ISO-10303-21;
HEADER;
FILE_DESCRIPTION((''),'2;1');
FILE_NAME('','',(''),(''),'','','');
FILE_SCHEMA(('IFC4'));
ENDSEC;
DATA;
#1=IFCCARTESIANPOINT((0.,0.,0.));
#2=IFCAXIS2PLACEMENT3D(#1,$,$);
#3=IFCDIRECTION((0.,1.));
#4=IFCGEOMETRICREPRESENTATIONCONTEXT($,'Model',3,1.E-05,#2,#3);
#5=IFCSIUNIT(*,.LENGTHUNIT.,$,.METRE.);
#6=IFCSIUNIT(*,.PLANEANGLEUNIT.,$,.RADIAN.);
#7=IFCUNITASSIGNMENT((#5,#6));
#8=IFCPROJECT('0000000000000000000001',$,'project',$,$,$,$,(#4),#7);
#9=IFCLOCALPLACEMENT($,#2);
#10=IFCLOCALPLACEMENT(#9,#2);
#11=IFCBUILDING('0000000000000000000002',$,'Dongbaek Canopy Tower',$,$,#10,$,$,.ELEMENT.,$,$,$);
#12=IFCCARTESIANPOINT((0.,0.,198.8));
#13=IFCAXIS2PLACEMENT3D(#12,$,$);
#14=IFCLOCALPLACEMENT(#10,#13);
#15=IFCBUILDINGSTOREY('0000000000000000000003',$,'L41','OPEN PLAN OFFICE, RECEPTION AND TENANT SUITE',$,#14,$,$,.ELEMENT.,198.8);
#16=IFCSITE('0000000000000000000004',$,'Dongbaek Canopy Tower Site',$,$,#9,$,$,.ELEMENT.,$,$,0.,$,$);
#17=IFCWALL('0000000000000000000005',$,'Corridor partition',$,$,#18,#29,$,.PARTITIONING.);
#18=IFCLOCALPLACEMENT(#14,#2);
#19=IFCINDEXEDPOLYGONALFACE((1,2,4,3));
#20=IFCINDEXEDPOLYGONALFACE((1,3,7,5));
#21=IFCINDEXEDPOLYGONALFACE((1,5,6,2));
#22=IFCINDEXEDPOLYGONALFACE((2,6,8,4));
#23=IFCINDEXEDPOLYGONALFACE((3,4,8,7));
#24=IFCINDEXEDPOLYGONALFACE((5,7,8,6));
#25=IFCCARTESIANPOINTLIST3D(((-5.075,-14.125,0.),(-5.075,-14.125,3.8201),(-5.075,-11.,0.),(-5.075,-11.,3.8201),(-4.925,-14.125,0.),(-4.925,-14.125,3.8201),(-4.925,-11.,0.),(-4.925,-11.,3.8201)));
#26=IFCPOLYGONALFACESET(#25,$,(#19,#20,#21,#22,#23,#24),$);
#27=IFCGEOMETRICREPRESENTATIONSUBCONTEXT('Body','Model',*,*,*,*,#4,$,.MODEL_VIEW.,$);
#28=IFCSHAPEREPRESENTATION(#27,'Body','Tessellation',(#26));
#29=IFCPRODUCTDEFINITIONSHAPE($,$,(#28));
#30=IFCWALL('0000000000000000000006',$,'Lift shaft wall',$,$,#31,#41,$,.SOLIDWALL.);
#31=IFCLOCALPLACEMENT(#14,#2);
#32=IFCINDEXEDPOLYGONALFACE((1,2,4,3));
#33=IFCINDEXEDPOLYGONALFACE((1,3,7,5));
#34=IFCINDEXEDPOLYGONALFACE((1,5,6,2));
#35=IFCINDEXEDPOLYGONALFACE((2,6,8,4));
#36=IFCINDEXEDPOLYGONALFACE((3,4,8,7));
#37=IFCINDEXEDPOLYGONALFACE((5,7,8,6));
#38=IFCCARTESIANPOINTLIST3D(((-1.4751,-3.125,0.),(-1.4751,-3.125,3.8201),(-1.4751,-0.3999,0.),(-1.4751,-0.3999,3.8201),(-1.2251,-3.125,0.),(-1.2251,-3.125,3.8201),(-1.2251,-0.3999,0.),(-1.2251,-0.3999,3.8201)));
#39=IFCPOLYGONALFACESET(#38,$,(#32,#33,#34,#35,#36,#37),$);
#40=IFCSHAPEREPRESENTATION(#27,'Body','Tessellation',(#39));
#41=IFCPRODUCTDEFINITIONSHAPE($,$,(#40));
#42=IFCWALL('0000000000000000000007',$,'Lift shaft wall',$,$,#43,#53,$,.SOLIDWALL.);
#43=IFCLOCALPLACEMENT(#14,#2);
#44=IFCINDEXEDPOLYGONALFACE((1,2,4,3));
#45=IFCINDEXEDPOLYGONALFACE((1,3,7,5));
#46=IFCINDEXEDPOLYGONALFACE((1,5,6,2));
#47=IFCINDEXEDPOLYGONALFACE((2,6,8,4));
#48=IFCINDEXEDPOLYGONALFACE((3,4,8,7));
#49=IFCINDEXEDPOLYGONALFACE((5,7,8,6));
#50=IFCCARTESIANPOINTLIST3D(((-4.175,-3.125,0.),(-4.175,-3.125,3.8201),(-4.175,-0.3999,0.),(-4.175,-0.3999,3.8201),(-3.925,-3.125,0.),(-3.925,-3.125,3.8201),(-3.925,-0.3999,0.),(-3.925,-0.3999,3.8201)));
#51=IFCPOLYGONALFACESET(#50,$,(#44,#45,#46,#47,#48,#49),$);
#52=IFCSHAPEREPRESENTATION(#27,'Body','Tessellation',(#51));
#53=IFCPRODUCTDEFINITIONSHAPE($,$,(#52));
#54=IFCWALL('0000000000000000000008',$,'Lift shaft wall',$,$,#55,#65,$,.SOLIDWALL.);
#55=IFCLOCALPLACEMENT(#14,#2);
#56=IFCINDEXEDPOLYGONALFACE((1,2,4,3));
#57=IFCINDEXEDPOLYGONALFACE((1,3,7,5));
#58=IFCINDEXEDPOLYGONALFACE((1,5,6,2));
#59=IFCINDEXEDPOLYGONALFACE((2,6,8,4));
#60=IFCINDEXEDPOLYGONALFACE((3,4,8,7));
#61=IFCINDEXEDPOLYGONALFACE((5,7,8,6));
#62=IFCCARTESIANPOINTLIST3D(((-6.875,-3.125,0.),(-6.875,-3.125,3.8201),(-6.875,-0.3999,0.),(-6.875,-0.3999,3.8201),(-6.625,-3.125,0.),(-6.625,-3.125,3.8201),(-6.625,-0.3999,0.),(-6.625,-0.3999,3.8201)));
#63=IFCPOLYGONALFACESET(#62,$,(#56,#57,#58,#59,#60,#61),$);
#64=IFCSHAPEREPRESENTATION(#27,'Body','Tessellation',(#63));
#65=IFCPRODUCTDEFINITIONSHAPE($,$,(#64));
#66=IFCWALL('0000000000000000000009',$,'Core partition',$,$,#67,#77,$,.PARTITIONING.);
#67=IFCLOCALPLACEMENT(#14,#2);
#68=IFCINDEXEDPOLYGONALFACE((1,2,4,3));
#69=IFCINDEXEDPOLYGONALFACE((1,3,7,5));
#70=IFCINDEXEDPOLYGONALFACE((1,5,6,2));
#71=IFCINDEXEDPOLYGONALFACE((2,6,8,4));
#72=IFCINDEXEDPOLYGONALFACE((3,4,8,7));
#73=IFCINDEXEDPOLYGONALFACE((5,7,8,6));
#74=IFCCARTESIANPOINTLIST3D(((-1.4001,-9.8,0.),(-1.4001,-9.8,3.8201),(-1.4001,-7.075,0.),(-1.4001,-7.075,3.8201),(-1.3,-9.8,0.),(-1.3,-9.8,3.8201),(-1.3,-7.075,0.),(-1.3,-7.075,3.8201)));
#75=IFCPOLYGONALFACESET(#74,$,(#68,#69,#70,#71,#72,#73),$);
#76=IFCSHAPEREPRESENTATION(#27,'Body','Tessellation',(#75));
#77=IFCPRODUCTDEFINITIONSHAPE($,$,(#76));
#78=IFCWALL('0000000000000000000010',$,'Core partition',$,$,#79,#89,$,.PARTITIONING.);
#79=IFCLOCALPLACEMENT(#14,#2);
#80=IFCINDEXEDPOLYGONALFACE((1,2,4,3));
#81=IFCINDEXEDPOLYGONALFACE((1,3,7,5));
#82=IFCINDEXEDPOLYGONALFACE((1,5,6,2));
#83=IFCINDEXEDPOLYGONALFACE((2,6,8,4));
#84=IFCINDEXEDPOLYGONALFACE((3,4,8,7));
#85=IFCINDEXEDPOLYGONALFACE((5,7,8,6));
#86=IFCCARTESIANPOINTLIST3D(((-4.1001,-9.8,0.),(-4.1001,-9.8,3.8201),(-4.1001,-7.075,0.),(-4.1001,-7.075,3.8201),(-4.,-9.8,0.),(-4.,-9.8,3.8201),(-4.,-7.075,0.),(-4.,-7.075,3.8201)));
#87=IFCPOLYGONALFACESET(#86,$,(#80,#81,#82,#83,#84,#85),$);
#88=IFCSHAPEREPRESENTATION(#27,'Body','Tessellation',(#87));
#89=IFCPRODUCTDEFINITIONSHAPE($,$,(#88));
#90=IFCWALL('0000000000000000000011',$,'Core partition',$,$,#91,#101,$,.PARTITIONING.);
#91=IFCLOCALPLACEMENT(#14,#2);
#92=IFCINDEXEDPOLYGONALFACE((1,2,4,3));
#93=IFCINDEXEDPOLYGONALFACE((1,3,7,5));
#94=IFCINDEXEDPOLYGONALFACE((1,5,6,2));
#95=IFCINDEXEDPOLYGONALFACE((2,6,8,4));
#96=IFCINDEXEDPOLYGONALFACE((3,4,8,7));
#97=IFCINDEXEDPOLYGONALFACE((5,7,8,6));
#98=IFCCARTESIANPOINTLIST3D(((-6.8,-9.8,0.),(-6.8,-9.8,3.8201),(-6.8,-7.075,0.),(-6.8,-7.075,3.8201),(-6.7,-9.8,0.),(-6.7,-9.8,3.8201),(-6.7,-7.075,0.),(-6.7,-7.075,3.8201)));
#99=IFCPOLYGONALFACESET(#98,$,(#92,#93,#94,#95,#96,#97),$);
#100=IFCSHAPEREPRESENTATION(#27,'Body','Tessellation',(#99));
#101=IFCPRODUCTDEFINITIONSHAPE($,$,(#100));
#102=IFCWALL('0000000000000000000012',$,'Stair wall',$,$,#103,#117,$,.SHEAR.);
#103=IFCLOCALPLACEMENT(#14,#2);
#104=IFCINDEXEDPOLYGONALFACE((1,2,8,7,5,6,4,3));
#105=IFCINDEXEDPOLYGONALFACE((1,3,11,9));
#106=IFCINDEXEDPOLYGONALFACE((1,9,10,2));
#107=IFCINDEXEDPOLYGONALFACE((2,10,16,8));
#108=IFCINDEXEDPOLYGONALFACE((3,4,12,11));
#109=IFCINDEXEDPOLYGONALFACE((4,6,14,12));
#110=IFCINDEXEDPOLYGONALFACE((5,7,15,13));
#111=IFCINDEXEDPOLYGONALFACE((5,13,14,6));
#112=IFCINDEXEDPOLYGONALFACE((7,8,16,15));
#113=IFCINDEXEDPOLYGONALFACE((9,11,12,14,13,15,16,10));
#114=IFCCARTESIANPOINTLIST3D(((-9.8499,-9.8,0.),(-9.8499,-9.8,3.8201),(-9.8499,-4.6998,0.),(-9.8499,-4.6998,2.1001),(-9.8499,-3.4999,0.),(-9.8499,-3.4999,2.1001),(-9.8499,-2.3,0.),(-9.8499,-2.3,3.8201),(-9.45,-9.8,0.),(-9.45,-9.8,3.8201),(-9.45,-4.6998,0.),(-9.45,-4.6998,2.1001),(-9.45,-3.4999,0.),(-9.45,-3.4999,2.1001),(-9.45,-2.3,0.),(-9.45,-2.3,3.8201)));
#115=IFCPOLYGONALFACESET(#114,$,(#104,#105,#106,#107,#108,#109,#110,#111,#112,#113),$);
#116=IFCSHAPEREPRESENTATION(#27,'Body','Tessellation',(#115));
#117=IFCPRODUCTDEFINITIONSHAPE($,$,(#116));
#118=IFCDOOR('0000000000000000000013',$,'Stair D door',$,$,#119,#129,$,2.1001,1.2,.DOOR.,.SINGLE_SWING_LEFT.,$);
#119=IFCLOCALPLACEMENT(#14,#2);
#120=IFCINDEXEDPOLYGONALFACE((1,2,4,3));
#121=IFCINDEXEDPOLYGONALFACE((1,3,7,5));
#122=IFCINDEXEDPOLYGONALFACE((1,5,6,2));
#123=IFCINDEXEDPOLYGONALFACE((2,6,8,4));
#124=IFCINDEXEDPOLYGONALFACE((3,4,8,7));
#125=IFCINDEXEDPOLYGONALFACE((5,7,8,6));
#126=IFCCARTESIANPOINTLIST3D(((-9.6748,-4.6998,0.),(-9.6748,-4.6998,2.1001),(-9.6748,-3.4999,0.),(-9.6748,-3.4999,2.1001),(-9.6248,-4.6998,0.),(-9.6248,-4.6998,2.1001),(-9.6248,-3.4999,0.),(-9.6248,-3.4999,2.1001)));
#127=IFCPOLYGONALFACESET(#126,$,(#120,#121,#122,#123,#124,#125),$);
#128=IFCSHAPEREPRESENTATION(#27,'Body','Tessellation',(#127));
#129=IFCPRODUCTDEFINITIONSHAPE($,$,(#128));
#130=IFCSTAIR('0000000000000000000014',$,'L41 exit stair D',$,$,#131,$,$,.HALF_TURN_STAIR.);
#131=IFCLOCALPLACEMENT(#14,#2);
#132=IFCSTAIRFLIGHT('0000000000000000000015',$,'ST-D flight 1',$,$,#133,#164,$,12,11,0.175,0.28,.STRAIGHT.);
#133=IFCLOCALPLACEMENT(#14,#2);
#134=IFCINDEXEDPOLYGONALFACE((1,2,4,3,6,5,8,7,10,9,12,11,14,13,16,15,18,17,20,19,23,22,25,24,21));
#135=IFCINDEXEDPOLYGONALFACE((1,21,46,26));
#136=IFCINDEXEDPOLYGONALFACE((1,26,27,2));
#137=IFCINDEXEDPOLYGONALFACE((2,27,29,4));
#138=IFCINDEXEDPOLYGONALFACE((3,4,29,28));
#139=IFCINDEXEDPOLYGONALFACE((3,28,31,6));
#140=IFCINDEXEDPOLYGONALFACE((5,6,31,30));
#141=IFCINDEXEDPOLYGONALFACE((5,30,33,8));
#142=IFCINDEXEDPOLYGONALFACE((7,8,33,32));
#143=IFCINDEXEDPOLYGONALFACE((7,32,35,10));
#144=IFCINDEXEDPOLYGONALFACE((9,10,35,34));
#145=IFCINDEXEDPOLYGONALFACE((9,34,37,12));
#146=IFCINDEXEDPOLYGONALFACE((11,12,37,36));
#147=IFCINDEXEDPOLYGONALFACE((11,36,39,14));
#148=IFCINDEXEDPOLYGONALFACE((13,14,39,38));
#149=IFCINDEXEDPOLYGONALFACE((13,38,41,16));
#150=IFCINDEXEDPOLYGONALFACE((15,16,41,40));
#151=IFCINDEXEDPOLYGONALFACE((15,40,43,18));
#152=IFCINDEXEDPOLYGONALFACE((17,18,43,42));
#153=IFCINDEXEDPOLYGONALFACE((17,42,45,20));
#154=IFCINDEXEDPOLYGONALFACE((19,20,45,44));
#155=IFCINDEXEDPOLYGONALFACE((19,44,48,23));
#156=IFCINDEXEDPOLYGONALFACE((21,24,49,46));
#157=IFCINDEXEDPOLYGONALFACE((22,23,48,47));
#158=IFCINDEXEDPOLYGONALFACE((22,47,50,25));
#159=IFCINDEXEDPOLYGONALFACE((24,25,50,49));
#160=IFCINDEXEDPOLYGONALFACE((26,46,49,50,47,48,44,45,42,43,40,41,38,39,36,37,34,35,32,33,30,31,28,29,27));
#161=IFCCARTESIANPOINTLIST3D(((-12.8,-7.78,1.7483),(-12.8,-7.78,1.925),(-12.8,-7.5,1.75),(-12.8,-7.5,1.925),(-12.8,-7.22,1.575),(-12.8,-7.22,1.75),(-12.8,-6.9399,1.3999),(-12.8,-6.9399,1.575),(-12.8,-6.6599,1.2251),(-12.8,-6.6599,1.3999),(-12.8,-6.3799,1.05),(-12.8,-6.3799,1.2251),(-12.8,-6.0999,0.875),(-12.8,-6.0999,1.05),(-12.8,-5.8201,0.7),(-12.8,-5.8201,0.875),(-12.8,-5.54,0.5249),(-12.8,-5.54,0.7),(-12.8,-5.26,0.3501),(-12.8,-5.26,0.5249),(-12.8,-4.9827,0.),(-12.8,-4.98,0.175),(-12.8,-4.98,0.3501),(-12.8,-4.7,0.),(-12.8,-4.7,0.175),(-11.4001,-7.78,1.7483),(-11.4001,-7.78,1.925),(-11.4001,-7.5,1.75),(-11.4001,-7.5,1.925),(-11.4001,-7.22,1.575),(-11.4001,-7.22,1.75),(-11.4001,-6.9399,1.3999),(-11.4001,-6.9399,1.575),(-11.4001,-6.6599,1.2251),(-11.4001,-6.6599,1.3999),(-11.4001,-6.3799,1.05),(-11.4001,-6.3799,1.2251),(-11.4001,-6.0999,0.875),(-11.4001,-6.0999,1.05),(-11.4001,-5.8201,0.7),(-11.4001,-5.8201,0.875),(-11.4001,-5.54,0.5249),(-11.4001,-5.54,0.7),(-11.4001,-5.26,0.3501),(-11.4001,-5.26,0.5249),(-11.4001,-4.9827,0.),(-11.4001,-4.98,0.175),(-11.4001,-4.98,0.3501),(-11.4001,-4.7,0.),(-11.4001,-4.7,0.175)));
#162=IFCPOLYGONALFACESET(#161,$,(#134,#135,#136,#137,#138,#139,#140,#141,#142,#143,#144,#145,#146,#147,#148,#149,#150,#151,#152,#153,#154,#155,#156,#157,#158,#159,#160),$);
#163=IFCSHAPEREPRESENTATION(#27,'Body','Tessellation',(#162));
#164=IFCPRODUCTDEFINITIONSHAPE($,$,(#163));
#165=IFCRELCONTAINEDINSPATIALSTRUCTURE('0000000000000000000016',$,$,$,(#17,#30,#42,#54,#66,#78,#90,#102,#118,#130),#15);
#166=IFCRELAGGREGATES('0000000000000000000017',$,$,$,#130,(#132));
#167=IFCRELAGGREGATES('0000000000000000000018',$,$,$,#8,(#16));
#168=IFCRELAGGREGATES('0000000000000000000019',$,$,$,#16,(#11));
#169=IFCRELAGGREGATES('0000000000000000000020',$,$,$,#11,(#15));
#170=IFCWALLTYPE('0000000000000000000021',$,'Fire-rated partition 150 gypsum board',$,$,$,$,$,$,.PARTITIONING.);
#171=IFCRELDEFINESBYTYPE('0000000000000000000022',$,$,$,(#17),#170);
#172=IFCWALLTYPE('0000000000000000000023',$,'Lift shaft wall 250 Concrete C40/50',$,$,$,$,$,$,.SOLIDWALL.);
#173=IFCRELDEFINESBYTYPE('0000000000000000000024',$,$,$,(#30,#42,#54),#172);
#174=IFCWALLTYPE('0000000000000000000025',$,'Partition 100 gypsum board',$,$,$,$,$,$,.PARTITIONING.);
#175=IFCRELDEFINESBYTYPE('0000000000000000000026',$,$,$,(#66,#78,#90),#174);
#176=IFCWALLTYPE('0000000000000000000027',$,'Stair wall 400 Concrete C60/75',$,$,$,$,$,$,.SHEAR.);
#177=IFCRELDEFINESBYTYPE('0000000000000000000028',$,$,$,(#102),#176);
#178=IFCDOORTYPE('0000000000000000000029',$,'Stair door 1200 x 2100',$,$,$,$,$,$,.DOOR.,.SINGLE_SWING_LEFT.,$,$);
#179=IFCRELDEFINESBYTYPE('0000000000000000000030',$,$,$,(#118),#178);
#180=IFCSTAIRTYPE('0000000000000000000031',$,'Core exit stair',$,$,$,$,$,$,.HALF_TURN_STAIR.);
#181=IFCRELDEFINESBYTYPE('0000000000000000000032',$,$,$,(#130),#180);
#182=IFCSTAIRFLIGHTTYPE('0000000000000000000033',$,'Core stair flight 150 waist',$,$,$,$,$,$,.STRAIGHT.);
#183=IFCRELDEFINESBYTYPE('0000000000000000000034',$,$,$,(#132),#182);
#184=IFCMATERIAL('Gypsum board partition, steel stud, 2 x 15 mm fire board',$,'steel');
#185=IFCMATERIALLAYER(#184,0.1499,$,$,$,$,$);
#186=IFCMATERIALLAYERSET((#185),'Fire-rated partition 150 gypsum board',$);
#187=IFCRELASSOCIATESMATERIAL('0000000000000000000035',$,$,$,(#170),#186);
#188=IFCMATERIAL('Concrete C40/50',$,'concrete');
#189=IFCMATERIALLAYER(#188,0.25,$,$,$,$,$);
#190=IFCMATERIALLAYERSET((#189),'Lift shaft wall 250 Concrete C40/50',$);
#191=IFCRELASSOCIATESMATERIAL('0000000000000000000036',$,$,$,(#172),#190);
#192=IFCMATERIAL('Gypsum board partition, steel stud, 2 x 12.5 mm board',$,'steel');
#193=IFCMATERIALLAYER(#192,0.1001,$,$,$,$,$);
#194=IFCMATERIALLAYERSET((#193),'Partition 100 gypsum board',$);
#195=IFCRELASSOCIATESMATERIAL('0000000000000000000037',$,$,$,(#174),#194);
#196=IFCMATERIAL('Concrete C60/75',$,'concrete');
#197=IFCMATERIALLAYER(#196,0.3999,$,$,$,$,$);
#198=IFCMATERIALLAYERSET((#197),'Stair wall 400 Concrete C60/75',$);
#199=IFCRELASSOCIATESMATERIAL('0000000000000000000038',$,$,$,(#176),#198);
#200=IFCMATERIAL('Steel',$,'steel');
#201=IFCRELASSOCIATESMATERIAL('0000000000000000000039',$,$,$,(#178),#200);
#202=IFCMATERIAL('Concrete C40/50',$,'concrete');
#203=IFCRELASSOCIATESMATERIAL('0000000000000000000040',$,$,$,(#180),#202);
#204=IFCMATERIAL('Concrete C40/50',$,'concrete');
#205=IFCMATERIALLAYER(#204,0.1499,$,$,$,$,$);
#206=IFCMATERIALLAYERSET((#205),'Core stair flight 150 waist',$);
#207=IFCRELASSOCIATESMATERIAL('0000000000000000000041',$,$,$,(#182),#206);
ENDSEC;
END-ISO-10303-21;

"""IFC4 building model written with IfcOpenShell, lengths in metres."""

from ifc_helpers import new_model, si_unit, direction, frame, frame_2d, origin, place, context, subcontext, project, spatial, polyline, rectangle, outline, extrude, material, layer, layer_set, type_object, element, fill, aggregate, save


model = new_model("IFC4")

# Units and contexts
model_context = context("Model", 3, precision=1e-05, world=origin(), true_north=direction((0.0, 1.0)))
body_context = subcontext(model_context, "Body", "Model", "MODEL_VIEW")
ifc_project = project(units=[si_unit("LENGTHUNIT", "METRE"), si_unit("PLANEANGLEUNIT", "RADIAN")], contexts=[model_context])

# Site, building, storey
site_placement = place(None, origin())
site = spatial("IfcSite", under=ifc_project, at=site_placement, Name="Dongbaek Canopy Tower Site", CompositionType="ELEMENT", RefElevation=0.0)
building_placement = place(site_placement, origin())
building = spatial("IfcBuilding", under=site, at=building_placement, Name="Dongbaek Canopy Tower", CompositionType="ELEMENT")
storey_placement = place(building_placement, frame((0.0, 0.0, 198.8)))
storey = spatial("IfcBuildingStorey", under=building, at=storey_placement, Name="L41", Description="OPEN PLAN OFFICE, RECEPTION AND TENANT SUITE", CompositionType="ELEMENT", Elevation=198.8)

# Walls
ifc_material_1 = material(Name="Gypsum board partition, steel stud, 2 x 15 mm fire board", Category="steel")
ifc_layer_1 = layer(ifc_material_1, 0.1499)
ifc_layer_set_1 = layer_set([ifc_layer_1], Name="Fire-rated partition 150 gypsum board")
wall_type_1 = type_object("IfcWallType", Name="Fire-rated partition 150 gypsum board", PredefinedType="PARTITIONING", material=ifc_layer_set_1)
wall_1_placement = place(storey_placement, frame((-5.0, -14.125, 0.0), z_axis=(0.0, 0.0, 1.0), x_axis=(0.0, 1.0, 0.0)))
element("IfcWall", 1, at=wall_1_placement, inside=storey, type_object=wall_type_1, Name="Corridor partition", PredefinedType="PARTITIONING", context=body_context, shape_type="SweptSolid", body=[
    extrude(rectangle(XDim=3.125, YDim=0.1499, at=frame_2d((1.5625, 0.0))), origin(), (0.0, 0.0, 1.0), 3.8201),
])
ifc_material_2 = material(Name="Concrete C40/50", Category="concrete")
ifc_layer_2 = layer(ifc_material_2, 0.25)
ifc_layer_set_2 = layer_set([ifc_layer_2], Name="Lift shaft wall 250 Concrete C40/50")
wall_type_2 = type_object("IfcWallType", Name="Lift shaft wall 250 Concrete C40/50", PredefinedType="SOLIDWALL", material=ifc_layer_set_2)
for number, where, z_axis, x_axis, name in (
    (2, (-1.3501, -3.125, 0.0), (0.0, 0.0, 1.0), (0.0, 1.0, 0.0), "Lift shaft wall"),
    (3, (-4.05, -3.125, 0.0), (0.0, 0.0, 1.0), (0.0, 1.0, 0.0), "Lift shaft wall"),
    (4, (-6.75, -3.125, 0.0), (0.0, 0.0, 1.0), (0.0, 1.0, 0.0), "Lift shaft wall"),
):
    element("IfcWall", number, at=place(storey_placement, frame(where, z_axis=z_axis, x_axis=x_axis)), inside=storey, type_object=wall_type_2, Name=name, PredefinedType="SOLIDWALL", context=body_context, shape_type="SweptSolid", body=[
        extrude(rectangle(XDim=2.7251, YDim=0.25, at=frame_2d((1.3625, 0.0))), origin(), (0.0, 0.0, 1.0), 3.8201),
    ])
ifc_material_3 = material(Name="Gypsum board partition, steel stud, 2 x 12.5 mm board", Category="steel")
ifc_layer_3 = layer(ifc_material_3, 0.1001)
ifc_layer_set_3 = layer_set([ifc_layer_3], Name="Partition 100 gypsum board")
wall_type_3 = type_object("IfcWallType", Name="Partition 100 gypsum board", PredefinedType="PARTITIONING", material=ifc_layer_set_3)
for number, where, z_axis, x_axis, name in (
    (5, (-1.3501, -9.8, 0.0), (0.0, 0.0, 1.0), (0.0, 1.0, 0.0), "Core partition"),
    (6, (-4.05, -9.8, 0.0), (0.0, 0.0, 1.0), (0.0, 1.0, 0.0), "Core partition"),
    (7, (-6.75, -9.8, 0.0), (0.0, 0.0, 1.0), (0.0, 1.0, 0.0), "Core partition"),
):
    element("IfcWall", number, at=place(storey_placement, frame(where, z_axis=z_axis, x_axis=x_axis)), inside=storey, type_object=wall_type_3, Name=name, PredefinedType="PARTITIONING", context=body_context, shape_type="SweptSolid", body=[
        extrude(rectangle(XDim=2.7251, YDim=0.1001, at=frame_2d((1.3625, 0.0))), origin(), (0.0, 0.0, 1.0), 3.8201),
    ])

# Wall, opening, door
ifc_material_4 = material(Name="Concrete C60/75", Category="concrete")
ifc_layer_4 = layer(ifc_material_4, 0.3999)
ifc_layer_set_4 = layer_set([ifc_layer_4], Name="Stair wall 400 Concrete C60/75")
wall_type_4 = type_object("IfcWallType", Name="Stair wall 400 Concrete C60/75", PredefinedType="SHEAR", material=ifc_layer_set_4)
wall_2_placement = place(storey_placement, frame((-9.6499, -9.8, 0.0), z_axis=(0.0, 0.0, 1.0), x_axis=(0.0, 1.0, 0.0)))
wall_2 = element("IfcWall", 8, at=wall_2_placement, inside=storey, type_object=wall_type_4, Name="Stair wall", PredefinedType="SHEAR", context=body_context, shape_type="SweptSolid", body=[
    extrude(rectangle(XDim=7.5, YDim=0.3999, at=frame_2d((3.75, 0.0))), origin(), (0.0, 0.0, 1.0), 3.8201),
])
opening_1_placement = place(wall_2_placement, frame((5.1001, 0.0, 0.0)))
opening_1 = element("IfcOpeningElement", 9, at=opening_1_placement, cuts=wall_2, PredefinedType="OPENING", context=body_context, shape_type="SweptSolid", body=[
    extrude(rectangle(XDim=1.2, YDim=2.1001, at=frame_2d((0.6001, 1.05))), frame((0.0, 0.21, 0.0), z_axis=(0.0, -1.0, 0.0), x_axis=(1.0, 0.0, 0.0)), (0.0, 0.0, 1.0), 0.4199),
])
ifc_material_5 = material(Name="Steel", Category="steel")
door_type_1 = type_object("IfcDoorType", Name="Stair door 1200 x 2100", OperationType="SINGLE_SWING_LEFT", PredefinedType="DOOR", material=ifc_material_5)
door_1_placement = place(opening_1_placement, origin())
door_1 = element("IfcDoor", 10, at=door_1_placement, inside=storey, type_object=door_type_1, Name="Stair D door", OperationType="SINGLE_SWING_LEFT", OverallHeight=2.1001, OverallWidth=1.2, PredefinedType="DOOR", context=body_context, shape_type="SweptSolid", body=[
    extrude(rectangle(XDim=1.2, YDim=2.1001, at=frame_2d((0.6001, 1.05))), frame((0.0, 0.0249, 0.0), z_axis=(0.0, -1.0, 0.0), x_axis=(1.0, 0.0, 0.0)), (0.0, 0.0, 1.0), 0.05),
])
fill(opening_1, door_1)

# Stair, stair flight
ifc_material_6 = material(Name="Concrete C40/50", Category="concrete")
stair_type = type_object("IfcStairType", Name="Core exit stair", PredefinedType="HALF_TURN_STAIR", material=ifc_material_6)
stair_placement = place(storey_placement, origin())
stair = element("IfcStair", 11, at=stair_placement, inside=storey, type_object=stair_type, Name="L41 exit stair D", PredefinedType="HALF_TURN_STAIR")
ifc_material_7 = material(Name="Concrete C40/50", Category="concrete")
ifc_layer_5 = layer(ifc_material_7, 0.1499)
ifc_layer_set_5 = layer_set([ifc_layer_5], Name="Core stair flight 150 waist")
stair_flight_type = type_object("IfcStairFlightType", Name="Core stair flight 150 waist", PredefinedType="STRAIGHT", material=ifc_layer_set_5)
stair_flight_1_placement = place(storey_placement, frame((-12.1001, -4.7, 0.0), z_axis=(0.0, 0.0, 1.0), x_axis=(0.0, -1.0, 0.0)))
stair_flight_1 = element("IfcStairFlight", 12, at=stair_flight_1_placement, type_object=stair_flight_type, Name="ST-D flight 1", NumberOfRisers=12, NumberOfTreads=11, PredefinedType="STRAIGHT", RiserHeight=0.175, TreadLength=0.28, context=body_context, shape_type="SweptSolid", body=[
    extrude(outline(polyline([(0.0, 0.0), (0.0, 0.175), (0.28, 0.175), (0.28, 0.3501), (0.5601, 0.3501), (0.5601, 0.5249), (0.8401, 0.5249), (0.8401, 0.7), (1.1201, 0.7), (1.1201, 0.875), (1.3999, 0.875), (1.3999, 1.05), (1.6799, 1.05), (1.6799, 1.2251), (1.96, 1.2251), (1.96, 1.3999), (2.24, 1.3999), (2.24, 1.575), (2.52, 1.575), (2.52, 1.75), (2.8, 1.75), (2.8, 1.925), (3.0801, 1.925), (3.0801, 2.1001), (3.0801, 1.7483), (0.2827, 0.0), (0.0, 0.0)])), frame((0.0, 0.7, 0.0), z_axis=(0.0, -1.0, 0.0), x_axis=(1.0, 0.0, 0.0)), (0.0, 0.0, 1.0), 1.3999),
])
aggregate(stair, [stair_flight_1])

save(model, "model.ifc")
